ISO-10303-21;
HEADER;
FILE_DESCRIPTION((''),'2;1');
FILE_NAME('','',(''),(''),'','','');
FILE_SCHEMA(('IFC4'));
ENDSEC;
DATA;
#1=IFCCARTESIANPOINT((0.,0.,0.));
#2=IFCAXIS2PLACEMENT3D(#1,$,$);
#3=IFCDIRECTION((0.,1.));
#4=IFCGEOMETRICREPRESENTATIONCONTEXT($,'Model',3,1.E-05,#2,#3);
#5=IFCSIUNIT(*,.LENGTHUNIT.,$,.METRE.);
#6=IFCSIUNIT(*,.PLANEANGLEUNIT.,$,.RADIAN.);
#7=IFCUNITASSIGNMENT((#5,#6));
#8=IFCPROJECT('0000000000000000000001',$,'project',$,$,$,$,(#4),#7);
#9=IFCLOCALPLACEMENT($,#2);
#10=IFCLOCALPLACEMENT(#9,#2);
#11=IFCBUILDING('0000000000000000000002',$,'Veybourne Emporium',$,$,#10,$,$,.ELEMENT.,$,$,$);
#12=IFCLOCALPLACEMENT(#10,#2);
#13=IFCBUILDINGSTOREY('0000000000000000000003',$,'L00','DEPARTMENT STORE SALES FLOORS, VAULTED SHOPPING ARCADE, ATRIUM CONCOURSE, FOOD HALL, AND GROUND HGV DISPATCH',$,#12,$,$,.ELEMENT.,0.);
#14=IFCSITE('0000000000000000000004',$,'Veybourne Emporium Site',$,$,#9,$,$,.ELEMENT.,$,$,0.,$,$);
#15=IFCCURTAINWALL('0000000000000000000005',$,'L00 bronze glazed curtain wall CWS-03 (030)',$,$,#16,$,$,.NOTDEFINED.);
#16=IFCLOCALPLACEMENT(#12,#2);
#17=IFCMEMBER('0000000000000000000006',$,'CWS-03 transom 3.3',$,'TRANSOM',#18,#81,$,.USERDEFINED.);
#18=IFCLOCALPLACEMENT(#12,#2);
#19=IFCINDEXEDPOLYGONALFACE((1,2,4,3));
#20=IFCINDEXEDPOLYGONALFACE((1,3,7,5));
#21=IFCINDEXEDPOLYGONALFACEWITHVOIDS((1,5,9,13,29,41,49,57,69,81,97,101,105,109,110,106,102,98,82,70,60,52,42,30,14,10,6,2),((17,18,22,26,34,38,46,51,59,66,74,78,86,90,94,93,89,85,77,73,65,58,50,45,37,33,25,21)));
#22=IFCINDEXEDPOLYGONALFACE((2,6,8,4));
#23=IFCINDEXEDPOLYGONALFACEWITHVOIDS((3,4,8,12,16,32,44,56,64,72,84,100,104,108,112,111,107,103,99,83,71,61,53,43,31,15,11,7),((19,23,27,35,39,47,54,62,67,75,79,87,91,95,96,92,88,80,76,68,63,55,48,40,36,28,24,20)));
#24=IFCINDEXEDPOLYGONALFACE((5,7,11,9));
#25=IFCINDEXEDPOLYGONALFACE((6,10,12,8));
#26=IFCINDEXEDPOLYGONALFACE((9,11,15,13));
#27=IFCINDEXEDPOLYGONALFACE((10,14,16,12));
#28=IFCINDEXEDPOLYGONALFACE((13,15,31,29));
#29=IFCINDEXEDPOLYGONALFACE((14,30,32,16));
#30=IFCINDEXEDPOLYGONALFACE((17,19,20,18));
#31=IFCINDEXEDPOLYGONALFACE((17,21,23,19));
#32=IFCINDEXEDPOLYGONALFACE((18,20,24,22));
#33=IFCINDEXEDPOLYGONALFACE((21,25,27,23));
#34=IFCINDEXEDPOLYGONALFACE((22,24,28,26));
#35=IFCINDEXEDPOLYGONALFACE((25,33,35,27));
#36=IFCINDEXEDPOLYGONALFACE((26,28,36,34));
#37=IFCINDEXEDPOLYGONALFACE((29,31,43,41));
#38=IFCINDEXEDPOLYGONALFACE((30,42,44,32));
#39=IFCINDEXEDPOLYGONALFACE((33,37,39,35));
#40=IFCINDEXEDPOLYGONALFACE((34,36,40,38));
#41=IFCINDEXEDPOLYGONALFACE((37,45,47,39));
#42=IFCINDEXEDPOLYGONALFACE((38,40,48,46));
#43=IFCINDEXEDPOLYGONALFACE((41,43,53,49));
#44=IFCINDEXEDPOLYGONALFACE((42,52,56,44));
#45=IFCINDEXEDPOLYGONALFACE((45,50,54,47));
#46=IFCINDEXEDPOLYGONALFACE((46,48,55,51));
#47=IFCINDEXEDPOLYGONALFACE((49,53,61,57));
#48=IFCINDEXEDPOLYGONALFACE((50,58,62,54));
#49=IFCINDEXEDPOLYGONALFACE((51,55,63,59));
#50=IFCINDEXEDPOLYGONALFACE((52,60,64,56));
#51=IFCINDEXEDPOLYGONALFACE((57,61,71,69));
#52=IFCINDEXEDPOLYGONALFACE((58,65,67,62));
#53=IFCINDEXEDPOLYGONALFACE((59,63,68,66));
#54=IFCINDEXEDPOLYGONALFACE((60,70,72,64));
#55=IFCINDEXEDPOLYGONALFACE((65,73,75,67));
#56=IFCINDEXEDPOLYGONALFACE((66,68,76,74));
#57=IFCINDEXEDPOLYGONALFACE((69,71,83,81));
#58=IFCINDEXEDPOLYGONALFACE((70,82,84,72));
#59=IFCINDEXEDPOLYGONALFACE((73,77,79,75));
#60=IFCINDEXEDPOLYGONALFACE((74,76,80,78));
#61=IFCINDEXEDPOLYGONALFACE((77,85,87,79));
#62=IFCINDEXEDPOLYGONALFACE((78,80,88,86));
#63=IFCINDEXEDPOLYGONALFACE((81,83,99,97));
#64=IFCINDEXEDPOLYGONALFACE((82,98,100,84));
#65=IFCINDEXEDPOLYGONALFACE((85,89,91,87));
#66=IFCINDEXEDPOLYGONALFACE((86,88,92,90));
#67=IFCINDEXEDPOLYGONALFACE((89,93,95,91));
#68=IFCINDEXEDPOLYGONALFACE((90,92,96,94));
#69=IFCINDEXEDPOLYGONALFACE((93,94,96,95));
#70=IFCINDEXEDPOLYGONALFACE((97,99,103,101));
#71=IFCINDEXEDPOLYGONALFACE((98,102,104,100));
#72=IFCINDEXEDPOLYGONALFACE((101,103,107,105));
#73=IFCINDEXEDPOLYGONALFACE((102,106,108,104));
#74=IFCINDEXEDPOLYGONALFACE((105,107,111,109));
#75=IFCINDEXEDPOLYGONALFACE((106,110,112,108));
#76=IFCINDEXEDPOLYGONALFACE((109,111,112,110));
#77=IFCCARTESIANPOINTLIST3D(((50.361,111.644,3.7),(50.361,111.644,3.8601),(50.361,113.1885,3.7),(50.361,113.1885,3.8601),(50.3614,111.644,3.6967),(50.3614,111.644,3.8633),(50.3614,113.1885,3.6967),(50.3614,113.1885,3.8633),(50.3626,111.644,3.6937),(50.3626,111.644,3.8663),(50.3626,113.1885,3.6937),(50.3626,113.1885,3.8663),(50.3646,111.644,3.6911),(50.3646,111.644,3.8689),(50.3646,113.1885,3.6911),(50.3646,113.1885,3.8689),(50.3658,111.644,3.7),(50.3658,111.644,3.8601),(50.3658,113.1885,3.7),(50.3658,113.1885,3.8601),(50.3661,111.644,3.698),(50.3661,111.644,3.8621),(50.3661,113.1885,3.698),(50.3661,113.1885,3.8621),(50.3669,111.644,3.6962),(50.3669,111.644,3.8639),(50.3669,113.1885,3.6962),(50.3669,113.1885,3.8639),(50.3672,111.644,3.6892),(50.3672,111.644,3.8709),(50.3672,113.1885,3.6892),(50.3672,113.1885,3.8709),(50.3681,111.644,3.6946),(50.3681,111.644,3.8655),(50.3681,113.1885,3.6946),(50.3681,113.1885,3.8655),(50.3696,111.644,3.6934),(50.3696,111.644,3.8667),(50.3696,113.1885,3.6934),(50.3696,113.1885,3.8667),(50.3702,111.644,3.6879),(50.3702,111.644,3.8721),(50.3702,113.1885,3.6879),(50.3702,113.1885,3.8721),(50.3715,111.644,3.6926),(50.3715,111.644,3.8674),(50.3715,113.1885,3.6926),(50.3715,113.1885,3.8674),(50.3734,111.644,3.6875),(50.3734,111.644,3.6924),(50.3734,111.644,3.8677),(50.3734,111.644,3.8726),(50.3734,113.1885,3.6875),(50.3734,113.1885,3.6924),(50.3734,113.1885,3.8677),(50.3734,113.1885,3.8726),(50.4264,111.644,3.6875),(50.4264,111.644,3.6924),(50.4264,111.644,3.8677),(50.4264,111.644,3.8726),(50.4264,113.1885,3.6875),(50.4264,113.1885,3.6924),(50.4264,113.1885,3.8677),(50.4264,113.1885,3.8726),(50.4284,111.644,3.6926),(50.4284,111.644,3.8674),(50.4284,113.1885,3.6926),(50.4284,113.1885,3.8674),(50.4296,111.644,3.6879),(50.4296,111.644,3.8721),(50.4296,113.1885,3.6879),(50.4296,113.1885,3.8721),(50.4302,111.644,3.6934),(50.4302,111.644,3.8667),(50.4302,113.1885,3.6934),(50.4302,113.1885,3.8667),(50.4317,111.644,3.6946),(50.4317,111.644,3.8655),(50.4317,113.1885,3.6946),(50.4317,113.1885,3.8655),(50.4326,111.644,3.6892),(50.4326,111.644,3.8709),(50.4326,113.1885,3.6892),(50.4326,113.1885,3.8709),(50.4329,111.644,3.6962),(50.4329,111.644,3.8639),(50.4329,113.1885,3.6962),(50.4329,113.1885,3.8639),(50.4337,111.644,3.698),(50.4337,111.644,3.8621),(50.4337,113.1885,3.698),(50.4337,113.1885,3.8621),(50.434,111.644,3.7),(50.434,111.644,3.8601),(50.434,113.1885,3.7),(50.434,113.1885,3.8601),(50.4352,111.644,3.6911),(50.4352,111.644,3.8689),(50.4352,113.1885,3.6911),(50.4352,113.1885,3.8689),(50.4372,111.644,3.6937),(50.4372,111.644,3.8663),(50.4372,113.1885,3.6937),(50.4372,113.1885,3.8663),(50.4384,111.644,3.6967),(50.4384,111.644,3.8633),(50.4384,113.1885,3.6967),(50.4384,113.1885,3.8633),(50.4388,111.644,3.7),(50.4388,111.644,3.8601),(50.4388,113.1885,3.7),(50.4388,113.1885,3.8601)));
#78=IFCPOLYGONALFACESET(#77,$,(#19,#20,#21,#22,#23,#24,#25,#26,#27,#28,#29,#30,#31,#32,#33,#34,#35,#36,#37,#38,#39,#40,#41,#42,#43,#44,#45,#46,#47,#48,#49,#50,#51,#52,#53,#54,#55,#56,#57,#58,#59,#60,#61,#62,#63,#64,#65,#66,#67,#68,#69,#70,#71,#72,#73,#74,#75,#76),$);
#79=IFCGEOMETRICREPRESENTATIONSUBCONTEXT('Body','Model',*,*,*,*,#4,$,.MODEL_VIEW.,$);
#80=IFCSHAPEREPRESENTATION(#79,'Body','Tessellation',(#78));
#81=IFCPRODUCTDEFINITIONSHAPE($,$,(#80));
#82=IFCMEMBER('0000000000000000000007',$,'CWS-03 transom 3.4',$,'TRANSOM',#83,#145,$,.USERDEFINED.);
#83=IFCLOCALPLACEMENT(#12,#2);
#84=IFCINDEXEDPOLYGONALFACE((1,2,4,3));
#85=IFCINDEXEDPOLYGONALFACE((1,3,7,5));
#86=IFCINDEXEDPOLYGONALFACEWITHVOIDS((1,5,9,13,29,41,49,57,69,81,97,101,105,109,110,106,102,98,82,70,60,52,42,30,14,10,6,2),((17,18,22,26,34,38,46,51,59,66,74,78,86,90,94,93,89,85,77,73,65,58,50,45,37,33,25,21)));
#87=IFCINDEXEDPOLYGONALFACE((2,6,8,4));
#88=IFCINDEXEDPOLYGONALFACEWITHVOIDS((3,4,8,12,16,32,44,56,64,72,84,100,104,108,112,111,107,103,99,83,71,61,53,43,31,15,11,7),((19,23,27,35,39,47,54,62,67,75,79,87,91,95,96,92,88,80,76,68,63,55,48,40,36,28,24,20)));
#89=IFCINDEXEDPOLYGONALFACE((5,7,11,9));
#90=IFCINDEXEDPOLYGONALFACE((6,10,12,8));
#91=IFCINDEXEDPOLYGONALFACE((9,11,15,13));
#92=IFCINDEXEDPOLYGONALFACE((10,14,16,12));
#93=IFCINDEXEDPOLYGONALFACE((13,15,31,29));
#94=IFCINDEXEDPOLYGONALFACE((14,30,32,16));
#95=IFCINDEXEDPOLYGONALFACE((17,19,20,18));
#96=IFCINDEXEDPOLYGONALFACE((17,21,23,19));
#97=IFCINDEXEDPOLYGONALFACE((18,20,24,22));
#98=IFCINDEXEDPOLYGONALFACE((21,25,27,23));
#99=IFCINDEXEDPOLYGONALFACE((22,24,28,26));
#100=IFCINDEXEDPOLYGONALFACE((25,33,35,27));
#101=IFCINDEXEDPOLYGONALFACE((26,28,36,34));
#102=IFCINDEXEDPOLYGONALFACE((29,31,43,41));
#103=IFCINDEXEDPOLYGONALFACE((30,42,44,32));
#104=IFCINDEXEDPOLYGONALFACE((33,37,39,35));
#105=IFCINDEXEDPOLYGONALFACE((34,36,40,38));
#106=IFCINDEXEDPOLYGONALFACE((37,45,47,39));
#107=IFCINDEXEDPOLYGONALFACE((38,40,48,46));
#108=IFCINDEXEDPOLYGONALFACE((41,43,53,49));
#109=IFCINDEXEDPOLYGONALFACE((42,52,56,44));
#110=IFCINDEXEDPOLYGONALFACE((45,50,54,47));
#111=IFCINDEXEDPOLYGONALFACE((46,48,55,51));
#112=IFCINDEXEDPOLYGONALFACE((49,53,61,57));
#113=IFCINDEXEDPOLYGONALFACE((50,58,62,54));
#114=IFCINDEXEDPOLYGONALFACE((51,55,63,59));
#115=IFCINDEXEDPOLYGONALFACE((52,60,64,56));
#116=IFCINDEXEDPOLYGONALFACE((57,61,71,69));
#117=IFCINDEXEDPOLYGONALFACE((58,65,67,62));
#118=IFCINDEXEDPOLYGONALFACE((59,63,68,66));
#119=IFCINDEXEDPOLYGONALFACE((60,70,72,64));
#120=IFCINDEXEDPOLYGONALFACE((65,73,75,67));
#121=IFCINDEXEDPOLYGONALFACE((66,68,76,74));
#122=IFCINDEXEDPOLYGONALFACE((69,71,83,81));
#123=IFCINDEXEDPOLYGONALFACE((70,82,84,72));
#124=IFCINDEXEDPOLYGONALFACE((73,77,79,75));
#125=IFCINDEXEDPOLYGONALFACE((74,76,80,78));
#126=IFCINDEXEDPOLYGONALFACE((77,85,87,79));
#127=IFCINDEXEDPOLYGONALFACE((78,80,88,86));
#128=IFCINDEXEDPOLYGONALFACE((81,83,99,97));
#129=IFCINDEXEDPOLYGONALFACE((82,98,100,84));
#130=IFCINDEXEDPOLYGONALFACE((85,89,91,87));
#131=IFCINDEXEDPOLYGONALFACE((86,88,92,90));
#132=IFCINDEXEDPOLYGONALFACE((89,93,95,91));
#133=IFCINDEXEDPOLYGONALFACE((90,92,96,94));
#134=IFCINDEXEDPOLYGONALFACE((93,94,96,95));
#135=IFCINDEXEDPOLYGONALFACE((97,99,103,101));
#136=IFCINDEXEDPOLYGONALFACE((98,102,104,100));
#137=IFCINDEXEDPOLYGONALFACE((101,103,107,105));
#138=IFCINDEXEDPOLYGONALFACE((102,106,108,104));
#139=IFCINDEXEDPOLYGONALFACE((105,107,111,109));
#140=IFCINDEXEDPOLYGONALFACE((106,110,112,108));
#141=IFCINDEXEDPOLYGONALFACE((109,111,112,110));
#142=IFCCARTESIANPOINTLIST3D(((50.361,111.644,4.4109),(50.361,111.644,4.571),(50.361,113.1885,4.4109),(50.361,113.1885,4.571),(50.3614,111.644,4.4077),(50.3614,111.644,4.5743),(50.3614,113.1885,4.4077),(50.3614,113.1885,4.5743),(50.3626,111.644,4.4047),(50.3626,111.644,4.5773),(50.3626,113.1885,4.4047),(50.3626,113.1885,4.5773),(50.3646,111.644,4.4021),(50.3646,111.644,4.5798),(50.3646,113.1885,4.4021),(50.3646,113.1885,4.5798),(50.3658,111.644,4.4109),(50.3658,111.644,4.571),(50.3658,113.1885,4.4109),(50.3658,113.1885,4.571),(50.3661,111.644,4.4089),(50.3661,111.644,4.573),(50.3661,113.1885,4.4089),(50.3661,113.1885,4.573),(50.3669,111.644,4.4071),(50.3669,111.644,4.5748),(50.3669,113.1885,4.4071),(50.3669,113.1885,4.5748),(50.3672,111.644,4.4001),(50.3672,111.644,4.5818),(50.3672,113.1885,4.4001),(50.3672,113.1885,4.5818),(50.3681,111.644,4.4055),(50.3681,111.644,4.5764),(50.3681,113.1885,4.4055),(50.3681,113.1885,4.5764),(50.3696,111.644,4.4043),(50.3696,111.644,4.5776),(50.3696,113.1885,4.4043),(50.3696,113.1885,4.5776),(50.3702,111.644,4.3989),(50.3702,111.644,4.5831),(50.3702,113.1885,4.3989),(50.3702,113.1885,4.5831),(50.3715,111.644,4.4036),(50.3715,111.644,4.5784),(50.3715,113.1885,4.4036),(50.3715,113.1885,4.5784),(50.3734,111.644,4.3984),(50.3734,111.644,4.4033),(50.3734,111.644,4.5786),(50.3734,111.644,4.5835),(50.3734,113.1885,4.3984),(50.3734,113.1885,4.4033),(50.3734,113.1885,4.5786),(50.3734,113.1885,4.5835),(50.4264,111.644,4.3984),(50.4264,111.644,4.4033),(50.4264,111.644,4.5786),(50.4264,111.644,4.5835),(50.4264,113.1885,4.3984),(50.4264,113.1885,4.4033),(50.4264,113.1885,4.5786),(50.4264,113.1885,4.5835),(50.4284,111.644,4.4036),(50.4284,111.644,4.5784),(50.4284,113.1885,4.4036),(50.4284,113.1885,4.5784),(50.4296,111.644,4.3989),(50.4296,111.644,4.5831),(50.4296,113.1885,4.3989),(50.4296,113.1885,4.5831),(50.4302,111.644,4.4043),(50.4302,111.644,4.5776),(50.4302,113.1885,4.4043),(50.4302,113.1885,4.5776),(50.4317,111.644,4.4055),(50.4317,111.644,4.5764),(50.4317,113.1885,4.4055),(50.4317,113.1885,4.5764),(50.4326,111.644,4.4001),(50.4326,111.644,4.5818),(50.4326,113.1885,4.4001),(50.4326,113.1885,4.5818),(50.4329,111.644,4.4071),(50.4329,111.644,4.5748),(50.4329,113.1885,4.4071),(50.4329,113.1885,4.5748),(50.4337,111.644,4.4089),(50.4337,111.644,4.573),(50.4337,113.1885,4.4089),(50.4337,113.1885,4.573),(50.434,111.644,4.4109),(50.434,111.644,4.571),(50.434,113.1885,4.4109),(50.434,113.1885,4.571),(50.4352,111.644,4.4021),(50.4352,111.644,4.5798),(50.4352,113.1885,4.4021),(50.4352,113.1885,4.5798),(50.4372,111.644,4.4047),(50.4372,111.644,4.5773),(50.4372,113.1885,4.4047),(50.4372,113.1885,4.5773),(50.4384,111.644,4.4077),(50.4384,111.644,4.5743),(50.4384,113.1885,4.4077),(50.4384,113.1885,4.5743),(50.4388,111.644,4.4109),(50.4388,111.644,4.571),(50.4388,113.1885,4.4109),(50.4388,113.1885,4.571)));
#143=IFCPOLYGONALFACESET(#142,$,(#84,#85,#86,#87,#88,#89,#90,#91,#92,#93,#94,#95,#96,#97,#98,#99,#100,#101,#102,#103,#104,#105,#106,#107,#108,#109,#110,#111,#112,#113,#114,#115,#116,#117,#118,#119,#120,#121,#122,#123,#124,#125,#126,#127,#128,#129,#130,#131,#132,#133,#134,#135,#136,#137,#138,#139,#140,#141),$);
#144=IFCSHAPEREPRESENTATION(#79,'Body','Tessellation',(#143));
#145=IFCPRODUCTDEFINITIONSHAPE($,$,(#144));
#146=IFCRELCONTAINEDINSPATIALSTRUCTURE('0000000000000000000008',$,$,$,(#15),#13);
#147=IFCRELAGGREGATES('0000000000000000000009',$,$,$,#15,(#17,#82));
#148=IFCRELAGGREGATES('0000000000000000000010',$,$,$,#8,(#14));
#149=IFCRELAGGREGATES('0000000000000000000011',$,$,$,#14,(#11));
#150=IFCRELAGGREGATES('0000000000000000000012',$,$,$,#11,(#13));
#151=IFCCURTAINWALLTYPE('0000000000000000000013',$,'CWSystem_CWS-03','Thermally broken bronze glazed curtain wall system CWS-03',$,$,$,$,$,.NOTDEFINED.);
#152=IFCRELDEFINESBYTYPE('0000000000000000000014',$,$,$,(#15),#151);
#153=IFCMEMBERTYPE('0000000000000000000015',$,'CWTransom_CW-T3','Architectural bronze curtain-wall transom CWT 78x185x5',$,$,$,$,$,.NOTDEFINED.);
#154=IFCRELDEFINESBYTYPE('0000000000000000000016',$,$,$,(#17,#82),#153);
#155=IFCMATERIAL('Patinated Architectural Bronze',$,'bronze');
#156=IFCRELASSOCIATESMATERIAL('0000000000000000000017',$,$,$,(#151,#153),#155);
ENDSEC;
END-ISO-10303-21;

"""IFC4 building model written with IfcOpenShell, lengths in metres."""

from ifc_helpers import new_model, si_unit, direction, frame, origin, origin_2d, place, context, subcontext, project, spatial, hollow_rectangle, extrude, material, material_profile, profile_set, type_object, element, aggregate, save


model = new_model("IFC4")

# Units and contexts
model_context = context("Model", 3, precision=1e-05, world=origin(), true_north=direction((0.0, 1.0)))
body_context = subcontext(model_context, "Body", "Model", "MODEL_VIEW")
ifc_project = project(units=[si_unit("LENGTHUNIT", "METRE"), si_unit("PLANEANGLEUNIT", "RADIAN")], contexts=[model_context])

# Site, building, storey
site_placement = place(None, origin())
site = spatial("IfcSite", under=ifc_project, at=site_placement, Name="Veybourne Emporium Site", CompositionType="ELEMENT", RefElevation=0.0)
building_placement = place(site_placement, origin())
building = spatial("IfcBuilding", under=site, at=building_placement, Name="Veybourne Emporium", CompositionType="ELEMENT")
storey_placement = place(building_placement, origin())
storey = spatial("IfcBuildingStorey", under=building, at=storey_placement, Name="L00", Description="DEPARTMENT STORE SALES FLOORS, VAULTED SHOPPING ARCADE, ATRIUM CONCOURSE, FOOD HALL, AND GROUND HGV DISPATCH", CompositionType="ELEMENT", Elevation=0.0)

# Curtain wall, members
ifc_material_1 = material(Name="Patinated Architectural Bronze", Category="bronze")
curtain_wall_type = type_object("IfcCurtainWallType", Name="CWSystem_CWS-03", Description="Thermally broken bronze glazed curtain wall system CWS-03", PredefinedType="NOTDEFINED", material=ifc_material_1)
curtain_wall_placement = place(storey_placement, origin())
curtain_wall = element("IfcCurtainWall", 1, at=curtain_wall_placement, inside=storey, type_object=curtain_wall_type, Name="L00 bronze glazed curtain wall CWS-03 (030)", PredefinedType="NOTDEFINED")
ifc_material_profile_1 = material_profile(ifc_material_1, hollow_rectangle(XDim=0.0779, YDim=0.1851, WallThickness=0.0049, InnerFilletRadius=0.0076, OuterFilletRadius=0.0125, at=origin_2d()), Name="CWT 78x185x5")
ifc_profile_set_1 = profile_set([ifc_material_profile_1], Name="Patinated Architectural Bronze")
member_type_1 = type_object("IfcMemberType", Name="CWTransom_CW-T3", Description="Architectural bronze curtain-wall transom CWT 78x185x5", PredefinedType="NOTDEFINED", material=ifc_profile_set_1)
member_1_placement = place(storey_placement, frame((50.3999, 111.644, 3.78), z_axis=(0.0, 1.0, 0.0), x_axis=(-1.0, 0.0, 0.0)))
member_1 = element("IfcMember", 2, at=member_1_placement, type_object=member_type_1, Name="CWS-03 transom 3.3", ObjectType="TRANSOM", PredefinedType="USERDEFINED", context=body_context, shape_type="SweptSolid", body=[
    extrude(hollow_rectangle(XDim=0.0779, YDim=0.1851, WallThickness=0.0049, InnerFilletRadius=0.0076, OuterFilletRadius=0.0125, at=origin_2d()), origin(), (0.0, 0.0, 1.0), 1.5444),
])
member_2_placement = place(storey_placement, frame((50.3999, 111.644, 4.491), z_axis=(0.0, 1.0, 0.0), x_axis=(-1.0, 0.0, 0.0)))
member_2 = element("IfcMember", 3, at=member_2_placement, type_object=member_type_1, Name="CWS-03 transom 3.4", ObjectType="TRANSOM", PredefinedType="USERDEFINED", context=body_context, shape_type="SweptSolid", body=[
    extrude(hollow_rectangle(XDim=0.0779, YDim=0.1851, WallThickness=0.0049, InnerFilletRadius=0.0076, OuterFilletRadius=0.0125, at=origin_2d()), origin(), (0.0, 0.0, 1.0), 1.5444),
])

aggregate(curtain_wall, [member_1, member_2])

save(model, "model.ifc")
